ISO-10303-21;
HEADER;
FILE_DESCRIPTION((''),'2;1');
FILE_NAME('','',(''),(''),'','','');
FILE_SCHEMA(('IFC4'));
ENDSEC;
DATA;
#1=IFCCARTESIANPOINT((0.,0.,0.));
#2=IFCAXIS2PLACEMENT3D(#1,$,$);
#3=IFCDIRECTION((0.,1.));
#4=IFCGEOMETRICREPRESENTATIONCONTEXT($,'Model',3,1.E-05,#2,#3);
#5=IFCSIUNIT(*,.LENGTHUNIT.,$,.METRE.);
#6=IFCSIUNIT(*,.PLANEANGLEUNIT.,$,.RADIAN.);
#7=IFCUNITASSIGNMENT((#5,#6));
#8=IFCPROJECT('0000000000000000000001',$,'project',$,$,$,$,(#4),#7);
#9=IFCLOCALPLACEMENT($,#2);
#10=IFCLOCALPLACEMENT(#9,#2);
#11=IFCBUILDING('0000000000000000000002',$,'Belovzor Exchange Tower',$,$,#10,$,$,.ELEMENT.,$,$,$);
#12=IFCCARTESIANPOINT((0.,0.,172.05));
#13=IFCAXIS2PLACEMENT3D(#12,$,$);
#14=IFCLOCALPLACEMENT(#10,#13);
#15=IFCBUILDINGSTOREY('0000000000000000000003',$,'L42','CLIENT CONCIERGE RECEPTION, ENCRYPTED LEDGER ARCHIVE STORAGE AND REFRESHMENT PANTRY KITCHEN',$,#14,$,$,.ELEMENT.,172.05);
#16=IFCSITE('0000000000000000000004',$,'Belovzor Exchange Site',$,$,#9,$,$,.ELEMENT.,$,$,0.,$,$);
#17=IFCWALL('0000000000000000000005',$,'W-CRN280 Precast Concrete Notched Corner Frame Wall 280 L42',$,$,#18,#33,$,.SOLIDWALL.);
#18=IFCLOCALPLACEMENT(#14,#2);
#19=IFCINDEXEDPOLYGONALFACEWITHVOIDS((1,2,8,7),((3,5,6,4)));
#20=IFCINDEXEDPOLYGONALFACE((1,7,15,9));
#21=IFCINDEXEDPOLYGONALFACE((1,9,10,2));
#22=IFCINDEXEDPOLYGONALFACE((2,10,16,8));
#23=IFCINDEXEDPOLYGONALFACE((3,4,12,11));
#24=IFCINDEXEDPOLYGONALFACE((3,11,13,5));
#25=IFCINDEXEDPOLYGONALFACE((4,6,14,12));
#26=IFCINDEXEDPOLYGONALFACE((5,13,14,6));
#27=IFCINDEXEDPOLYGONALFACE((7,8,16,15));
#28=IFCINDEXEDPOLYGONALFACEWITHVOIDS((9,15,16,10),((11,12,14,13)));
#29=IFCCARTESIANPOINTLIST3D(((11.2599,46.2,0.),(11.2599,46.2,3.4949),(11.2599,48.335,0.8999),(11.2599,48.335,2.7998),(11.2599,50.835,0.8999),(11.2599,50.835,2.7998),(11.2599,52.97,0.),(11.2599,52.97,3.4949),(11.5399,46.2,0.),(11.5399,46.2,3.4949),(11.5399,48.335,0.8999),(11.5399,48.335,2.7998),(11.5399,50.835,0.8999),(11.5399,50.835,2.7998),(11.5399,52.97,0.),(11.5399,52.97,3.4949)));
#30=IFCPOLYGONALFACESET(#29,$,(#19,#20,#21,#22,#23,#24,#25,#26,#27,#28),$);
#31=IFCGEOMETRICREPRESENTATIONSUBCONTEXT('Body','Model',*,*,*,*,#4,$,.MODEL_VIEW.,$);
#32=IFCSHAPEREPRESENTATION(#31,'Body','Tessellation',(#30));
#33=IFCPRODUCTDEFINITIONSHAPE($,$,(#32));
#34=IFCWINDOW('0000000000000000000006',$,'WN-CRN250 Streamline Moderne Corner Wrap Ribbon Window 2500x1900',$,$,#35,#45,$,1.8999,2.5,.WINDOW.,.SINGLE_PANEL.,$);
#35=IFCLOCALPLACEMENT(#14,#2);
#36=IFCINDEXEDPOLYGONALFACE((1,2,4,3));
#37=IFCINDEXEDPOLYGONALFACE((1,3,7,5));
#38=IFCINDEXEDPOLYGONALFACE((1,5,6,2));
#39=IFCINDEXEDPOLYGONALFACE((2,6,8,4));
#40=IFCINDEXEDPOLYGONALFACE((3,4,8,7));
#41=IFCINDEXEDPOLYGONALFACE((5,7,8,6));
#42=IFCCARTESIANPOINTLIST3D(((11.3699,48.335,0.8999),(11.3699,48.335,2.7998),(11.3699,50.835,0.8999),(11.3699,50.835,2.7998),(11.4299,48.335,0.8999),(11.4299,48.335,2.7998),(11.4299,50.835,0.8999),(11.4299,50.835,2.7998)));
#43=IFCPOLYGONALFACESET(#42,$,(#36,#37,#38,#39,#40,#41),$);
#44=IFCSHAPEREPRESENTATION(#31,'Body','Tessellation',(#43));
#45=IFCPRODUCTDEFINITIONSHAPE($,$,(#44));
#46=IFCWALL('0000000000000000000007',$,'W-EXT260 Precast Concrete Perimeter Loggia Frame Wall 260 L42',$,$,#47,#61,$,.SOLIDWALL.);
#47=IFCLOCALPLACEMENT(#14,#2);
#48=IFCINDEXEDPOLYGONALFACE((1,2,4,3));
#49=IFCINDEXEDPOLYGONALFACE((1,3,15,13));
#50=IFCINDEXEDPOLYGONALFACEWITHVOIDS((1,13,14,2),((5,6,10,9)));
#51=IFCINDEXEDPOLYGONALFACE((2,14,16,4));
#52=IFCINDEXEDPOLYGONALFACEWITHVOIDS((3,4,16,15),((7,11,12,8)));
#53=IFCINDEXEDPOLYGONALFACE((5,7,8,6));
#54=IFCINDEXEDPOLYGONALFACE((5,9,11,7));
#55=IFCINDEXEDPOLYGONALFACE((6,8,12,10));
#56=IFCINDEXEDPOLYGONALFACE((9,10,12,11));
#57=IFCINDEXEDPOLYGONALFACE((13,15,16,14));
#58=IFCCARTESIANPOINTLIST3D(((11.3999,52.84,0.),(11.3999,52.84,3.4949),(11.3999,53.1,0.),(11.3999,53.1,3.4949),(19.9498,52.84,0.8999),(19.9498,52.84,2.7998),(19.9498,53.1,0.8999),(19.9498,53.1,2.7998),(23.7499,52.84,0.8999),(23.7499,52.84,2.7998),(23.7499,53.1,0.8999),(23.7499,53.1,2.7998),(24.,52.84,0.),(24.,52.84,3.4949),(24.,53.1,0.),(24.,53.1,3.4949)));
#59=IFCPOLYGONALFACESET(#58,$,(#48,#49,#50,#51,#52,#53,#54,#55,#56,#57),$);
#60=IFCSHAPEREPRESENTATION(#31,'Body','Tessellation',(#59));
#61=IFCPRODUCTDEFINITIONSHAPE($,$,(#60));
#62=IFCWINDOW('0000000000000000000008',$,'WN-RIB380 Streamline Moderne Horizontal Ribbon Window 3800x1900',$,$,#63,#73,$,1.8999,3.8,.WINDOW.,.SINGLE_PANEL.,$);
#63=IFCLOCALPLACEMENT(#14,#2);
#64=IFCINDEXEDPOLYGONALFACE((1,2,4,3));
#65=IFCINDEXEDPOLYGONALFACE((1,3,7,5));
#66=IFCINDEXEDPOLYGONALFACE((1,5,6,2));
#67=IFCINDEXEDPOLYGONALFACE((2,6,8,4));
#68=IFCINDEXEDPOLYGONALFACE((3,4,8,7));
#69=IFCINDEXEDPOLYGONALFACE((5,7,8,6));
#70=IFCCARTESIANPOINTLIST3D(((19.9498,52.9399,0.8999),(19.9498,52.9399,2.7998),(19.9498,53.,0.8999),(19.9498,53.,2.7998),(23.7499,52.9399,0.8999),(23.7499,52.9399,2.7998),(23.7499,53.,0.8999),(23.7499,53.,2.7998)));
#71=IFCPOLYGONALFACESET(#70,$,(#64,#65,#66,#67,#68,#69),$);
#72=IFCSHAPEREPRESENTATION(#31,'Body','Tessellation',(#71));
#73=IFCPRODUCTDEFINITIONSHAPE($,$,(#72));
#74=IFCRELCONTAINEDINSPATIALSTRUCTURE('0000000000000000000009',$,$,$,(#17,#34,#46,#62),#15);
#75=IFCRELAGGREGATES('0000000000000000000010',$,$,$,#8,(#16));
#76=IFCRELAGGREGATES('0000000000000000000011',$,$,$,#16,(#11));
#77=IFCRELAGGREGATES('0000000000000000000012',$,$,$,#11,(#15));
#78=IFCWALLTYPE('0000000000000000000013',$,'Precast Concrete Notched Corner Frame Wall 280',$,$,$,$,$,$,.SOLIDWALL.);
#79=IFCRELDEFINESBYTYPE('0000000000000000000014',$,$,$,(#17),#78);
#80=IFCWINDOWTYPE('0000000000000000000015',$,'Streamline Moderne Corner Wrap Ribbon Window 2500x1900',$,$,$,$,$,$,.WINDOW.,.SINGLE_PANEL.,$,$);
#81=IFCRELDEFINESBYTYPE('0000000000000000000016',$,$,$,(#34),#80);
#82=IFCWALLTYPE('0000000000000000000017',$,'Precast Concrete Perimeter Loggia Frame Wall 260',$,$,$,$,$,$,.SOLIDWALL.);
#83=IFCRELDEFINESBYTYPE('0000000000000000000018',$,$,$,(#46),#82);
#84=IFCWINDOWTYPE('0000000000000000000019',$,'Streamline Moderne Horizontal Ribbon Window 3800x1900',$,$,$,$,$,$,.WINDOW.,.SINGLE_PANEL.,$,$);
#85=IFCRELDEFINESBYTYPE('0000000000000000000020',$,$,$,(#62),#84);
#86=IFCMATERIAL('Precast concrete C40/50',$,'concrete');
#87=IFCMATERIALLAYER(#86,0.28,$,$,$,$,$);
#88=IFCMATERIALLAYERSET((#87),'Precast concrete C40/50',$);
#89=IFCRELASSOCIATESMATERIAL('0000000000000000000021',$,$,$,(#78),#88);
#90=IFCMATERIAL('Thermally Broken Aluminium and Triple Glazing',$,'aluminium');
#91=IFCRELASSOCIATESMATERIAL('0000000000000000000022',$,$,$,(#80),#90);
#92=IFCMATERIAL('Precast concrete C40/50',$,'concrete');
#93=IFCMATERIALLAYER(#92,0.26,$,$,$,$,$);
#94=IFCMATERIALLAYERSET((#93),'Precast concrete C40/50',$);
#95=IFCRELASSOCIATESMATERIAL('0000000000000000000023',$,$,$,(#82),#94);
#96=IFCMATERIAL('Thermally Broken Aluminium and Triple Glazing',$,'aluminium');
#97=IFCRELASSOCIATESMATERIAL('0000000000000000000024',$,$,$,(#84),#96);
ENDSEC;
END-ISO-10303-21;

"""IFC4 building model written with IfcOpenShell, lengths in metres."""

from ifc_helpers import new_model, si_unit, direction, frame, frame_2d, origin, place, context, subcontext, project, spatial, rectangle, extrude, material, layer, layer_set, type_object, element, fill, save


model = new_model("IFC4")

# Units and contexts
model_context = context("Model", 3, precision=1e-05, world=origin(), true_north=direction((0.0, 1.0)))
body_context = subcontext(model_context, "Body", "Model", "MODEL_VIEW")
ifc_project = project(units=[si_unit("LENGTHUNIT", "METRE"), si_unit("PLANEANGLEUNIT", "RADIAN")], contexts=[model_context])

# Site, building, storey
site_placement = place(None, origin())
site = spatial("IfcSite", under=ifc_project, at=site_placement, Name="Belovzor Exchange Site", CompositionType="ELEMENT", RefElevation=0.0)
building_placement = place(site_placement, origin())
building = spatial("IfcBuilding", under=site, at=building_placement, Name="Belovzor Exchange Tower", CompositionType="ELEMENT")
storey_placement = place(building_placement, frame((0.0, 0.0, 172.05)))
storey = spatial("IfcBuildingStorey", under=building, at=storey_placement, Name="L42", Description="CLIENT CONCIERGE RECEPTION, ENCRYPTED LEDGER ARCHIVE STORAGE AND REFRESHMENT PANTRY KITCHEN", CompositionType="ELEMENT", Elevation=172.05)

# Walls, openings, windows
ifc_material_1 = material(Name="Precast concrete C40/50", Category="concrete")
ifc_layer_1 = layer(ifc_material_1, 0.28)
ifc_layer_set_1 = layer_set([ifc_layer_1], Name="Precast concrete C40/50")
wall_type_1 = type_object("IfcWallType", Name="Precast Concrete Notched Corner Frame Wall 280", PredefinedType="SOLIDWALL", material=ifc_layer_set_1)
ifc_material_2 = material(Name="Thermally Broken Aluminium and Triple Glazing", Category="aluminium")
window_type_1 = type_object("IfcWindowType", Name="Streamline Moderne Corner Wrap Ribbon Window 2500x1900", PartitioningType="SINGLE_PANEL", PredefinedType="WINDOW", material=ifc_material_2)
wall_1_placement = place(storey_placement, frame((11.3999, 46.2, 0.0), z_axis=(0.0, 0.0, 1.0), x_axis=(0.0, 1.0, 0.0)))
wall_1 = element("IfcWall", 1, at=wall_1_placement, inside=storey, type_object=wall_type_1, Name="W-CRN280 Precast Concrete Notched Corner Frame Wall 280 L42", PredefinedType="SOLIDWALL", context=body_context, shape_type="SweptSolid", body=[
    extrude(rectangle(XDim=6.77, YDim=0.28, at=frame_2d((3.385, 0.0))), origin(), (0.0, 0.0, 1.0), 3.4949),
])
opening_1_placement = place(wall_1_placement, frame((2.135, 0.0, 0.8999)))
opening_1 = element("IfcOpeningElement", 2, at=opening_1_placement, cuts=wall_1, PredefinedType="OPENING", context=body_context, shape_type="SweptSolid", body=[
    extrude(rectangle(XDim=2.5, YDim=1.8999, at=frame_2d((1.25, 0.95))), frame((0.0, 0.1499, 0.0), z_axis=(0.0, -1.0, 0.0), x_axis=(1.0, 0.0, 0.0)), (0.0, 0.0, 1.0), 0.3),
])
window_1_placement = place(opening_1_placement, origin())
window_1 = element("IfcWindow", 3, at=window_1_placement, inside=storey, type_object=window_type_1, Name="WN-CRN250 Streamline Moderne Corner Wrap Ribbon Window 2500x1900", OverallHeight=1.8999, OverallWidth=2.5, PartitioningType="SINGLE_PANEL", PredefinedType="WINDOW", context=body_context, shape_type="SweptSolid", body=[
    extrude(rectangle(XDim=2.5, YDim=1.8999, at=frame_2d((1.25, 0.95))), frame((0.0, 0.03, 0.0), z_axis=(0.0, -1.0, 0.0), x_axis=(1.0, 0.0, 0.0)), (0.0, 0.0, 1.0), 0.0601),
])
fill(opening_1, window_1)
ifc_material_3 = material(Name="Precast concrete C40/50", Category="concrete")
ifc_layer_2 = layer(ifc_material_3, 0.26)
ifc_layer_set_2 = layer_set([ifc_layer_2], Name="Precast concrete C40/50")
wall_type_2 = type_object("IfcWallType", Name="Precast Concrete Perimeter Loggia Frame Wall 260", PredefinedType="SOLIDWALL", material=ifc_layer_set_2)
wall_2_placement = place(storey_placement, frame((11.3999, 52.97, 0.0), z_axis=(0.0, 0.0, 1.0), x_axis=(1.0, 0.0, 0.0)))
wall_2 = element("IfcWall", 4, at=wall_2_placement, inside=storey, type_object=wall_type_2, Name="W-EXT260 Precast Concrete Perimeter Loggia Frame Wall 260 L42", PredefinedType="SOLIDWALL", context=body_context, shape_type="SweptSolid", body=[
    extrude(rectangle(XDim=12.6001, YDim=0.26, at=frame_2d((6.3, 0.0))), origin(), (0.0, 0.0, 1.0), 3.4949),
])
opening_2_placement = place(wall_2_placement, frame((8.55, 0.0, 0.8999)))
opening_2 = element("IfcOpeningElement", 5, at=opening_2_placement, cuts=wall_2, PredefinedType="OPENING", context=body_context, shape_type="SweptSolid", body=[
    extrude(rectangle(XDim=3.8, YDim=1.8999, at=frame_2d((1.8999, 0.95))), frame((0.0, 0.1399, 0.0), z_axis=(0.0, -1.0, 0.0), x_axis=(1.0, 0.0, 0.0)), (0.0, 0.0, 1.0), 0.28),
])
ifc_material_4 = material(Name="Thermally Broken Aluminium and Triple Glazing", Category="aluminium")
window_type_2 = type_object("IfcWindowType", Name="Streamline Moderne Horizontal Ribbon Window 3800x1900", PartitioningType="SINGLE_PANEL", PredefinedType="WINDOW", material=ifc_material_4)
window_2_placement = place(opening_2_placement, origin())
window_2 = element("IfcWindow", 6, at=window_2_placement, inside=storey, type_object=window_type_2, Name="WN-RIB380 Streamline Moderne Horizontal Ribbon Window 3800x1900", OverallHeight=1.8999, OverallWidth=3.8, PartitioningType="SINGLE_PANEL", PredefinedType="WINDOW", context=body_context, shape_type="SweptSolid", body=[
    extrude(rectangle(XDim=3.8, YDim=1.8999, at=frame_2d((1.8999, 0.95))), frame((0.0, 0.03, 0.0), z_axis=(0.0, -1.0, 0.0), x_axis=(1.0, 0.0, 0.0)), (0.0, 0.0, 1.0), 0.0601),
])
fill(opening_2, window_2)

save(model, "model.ifc")
